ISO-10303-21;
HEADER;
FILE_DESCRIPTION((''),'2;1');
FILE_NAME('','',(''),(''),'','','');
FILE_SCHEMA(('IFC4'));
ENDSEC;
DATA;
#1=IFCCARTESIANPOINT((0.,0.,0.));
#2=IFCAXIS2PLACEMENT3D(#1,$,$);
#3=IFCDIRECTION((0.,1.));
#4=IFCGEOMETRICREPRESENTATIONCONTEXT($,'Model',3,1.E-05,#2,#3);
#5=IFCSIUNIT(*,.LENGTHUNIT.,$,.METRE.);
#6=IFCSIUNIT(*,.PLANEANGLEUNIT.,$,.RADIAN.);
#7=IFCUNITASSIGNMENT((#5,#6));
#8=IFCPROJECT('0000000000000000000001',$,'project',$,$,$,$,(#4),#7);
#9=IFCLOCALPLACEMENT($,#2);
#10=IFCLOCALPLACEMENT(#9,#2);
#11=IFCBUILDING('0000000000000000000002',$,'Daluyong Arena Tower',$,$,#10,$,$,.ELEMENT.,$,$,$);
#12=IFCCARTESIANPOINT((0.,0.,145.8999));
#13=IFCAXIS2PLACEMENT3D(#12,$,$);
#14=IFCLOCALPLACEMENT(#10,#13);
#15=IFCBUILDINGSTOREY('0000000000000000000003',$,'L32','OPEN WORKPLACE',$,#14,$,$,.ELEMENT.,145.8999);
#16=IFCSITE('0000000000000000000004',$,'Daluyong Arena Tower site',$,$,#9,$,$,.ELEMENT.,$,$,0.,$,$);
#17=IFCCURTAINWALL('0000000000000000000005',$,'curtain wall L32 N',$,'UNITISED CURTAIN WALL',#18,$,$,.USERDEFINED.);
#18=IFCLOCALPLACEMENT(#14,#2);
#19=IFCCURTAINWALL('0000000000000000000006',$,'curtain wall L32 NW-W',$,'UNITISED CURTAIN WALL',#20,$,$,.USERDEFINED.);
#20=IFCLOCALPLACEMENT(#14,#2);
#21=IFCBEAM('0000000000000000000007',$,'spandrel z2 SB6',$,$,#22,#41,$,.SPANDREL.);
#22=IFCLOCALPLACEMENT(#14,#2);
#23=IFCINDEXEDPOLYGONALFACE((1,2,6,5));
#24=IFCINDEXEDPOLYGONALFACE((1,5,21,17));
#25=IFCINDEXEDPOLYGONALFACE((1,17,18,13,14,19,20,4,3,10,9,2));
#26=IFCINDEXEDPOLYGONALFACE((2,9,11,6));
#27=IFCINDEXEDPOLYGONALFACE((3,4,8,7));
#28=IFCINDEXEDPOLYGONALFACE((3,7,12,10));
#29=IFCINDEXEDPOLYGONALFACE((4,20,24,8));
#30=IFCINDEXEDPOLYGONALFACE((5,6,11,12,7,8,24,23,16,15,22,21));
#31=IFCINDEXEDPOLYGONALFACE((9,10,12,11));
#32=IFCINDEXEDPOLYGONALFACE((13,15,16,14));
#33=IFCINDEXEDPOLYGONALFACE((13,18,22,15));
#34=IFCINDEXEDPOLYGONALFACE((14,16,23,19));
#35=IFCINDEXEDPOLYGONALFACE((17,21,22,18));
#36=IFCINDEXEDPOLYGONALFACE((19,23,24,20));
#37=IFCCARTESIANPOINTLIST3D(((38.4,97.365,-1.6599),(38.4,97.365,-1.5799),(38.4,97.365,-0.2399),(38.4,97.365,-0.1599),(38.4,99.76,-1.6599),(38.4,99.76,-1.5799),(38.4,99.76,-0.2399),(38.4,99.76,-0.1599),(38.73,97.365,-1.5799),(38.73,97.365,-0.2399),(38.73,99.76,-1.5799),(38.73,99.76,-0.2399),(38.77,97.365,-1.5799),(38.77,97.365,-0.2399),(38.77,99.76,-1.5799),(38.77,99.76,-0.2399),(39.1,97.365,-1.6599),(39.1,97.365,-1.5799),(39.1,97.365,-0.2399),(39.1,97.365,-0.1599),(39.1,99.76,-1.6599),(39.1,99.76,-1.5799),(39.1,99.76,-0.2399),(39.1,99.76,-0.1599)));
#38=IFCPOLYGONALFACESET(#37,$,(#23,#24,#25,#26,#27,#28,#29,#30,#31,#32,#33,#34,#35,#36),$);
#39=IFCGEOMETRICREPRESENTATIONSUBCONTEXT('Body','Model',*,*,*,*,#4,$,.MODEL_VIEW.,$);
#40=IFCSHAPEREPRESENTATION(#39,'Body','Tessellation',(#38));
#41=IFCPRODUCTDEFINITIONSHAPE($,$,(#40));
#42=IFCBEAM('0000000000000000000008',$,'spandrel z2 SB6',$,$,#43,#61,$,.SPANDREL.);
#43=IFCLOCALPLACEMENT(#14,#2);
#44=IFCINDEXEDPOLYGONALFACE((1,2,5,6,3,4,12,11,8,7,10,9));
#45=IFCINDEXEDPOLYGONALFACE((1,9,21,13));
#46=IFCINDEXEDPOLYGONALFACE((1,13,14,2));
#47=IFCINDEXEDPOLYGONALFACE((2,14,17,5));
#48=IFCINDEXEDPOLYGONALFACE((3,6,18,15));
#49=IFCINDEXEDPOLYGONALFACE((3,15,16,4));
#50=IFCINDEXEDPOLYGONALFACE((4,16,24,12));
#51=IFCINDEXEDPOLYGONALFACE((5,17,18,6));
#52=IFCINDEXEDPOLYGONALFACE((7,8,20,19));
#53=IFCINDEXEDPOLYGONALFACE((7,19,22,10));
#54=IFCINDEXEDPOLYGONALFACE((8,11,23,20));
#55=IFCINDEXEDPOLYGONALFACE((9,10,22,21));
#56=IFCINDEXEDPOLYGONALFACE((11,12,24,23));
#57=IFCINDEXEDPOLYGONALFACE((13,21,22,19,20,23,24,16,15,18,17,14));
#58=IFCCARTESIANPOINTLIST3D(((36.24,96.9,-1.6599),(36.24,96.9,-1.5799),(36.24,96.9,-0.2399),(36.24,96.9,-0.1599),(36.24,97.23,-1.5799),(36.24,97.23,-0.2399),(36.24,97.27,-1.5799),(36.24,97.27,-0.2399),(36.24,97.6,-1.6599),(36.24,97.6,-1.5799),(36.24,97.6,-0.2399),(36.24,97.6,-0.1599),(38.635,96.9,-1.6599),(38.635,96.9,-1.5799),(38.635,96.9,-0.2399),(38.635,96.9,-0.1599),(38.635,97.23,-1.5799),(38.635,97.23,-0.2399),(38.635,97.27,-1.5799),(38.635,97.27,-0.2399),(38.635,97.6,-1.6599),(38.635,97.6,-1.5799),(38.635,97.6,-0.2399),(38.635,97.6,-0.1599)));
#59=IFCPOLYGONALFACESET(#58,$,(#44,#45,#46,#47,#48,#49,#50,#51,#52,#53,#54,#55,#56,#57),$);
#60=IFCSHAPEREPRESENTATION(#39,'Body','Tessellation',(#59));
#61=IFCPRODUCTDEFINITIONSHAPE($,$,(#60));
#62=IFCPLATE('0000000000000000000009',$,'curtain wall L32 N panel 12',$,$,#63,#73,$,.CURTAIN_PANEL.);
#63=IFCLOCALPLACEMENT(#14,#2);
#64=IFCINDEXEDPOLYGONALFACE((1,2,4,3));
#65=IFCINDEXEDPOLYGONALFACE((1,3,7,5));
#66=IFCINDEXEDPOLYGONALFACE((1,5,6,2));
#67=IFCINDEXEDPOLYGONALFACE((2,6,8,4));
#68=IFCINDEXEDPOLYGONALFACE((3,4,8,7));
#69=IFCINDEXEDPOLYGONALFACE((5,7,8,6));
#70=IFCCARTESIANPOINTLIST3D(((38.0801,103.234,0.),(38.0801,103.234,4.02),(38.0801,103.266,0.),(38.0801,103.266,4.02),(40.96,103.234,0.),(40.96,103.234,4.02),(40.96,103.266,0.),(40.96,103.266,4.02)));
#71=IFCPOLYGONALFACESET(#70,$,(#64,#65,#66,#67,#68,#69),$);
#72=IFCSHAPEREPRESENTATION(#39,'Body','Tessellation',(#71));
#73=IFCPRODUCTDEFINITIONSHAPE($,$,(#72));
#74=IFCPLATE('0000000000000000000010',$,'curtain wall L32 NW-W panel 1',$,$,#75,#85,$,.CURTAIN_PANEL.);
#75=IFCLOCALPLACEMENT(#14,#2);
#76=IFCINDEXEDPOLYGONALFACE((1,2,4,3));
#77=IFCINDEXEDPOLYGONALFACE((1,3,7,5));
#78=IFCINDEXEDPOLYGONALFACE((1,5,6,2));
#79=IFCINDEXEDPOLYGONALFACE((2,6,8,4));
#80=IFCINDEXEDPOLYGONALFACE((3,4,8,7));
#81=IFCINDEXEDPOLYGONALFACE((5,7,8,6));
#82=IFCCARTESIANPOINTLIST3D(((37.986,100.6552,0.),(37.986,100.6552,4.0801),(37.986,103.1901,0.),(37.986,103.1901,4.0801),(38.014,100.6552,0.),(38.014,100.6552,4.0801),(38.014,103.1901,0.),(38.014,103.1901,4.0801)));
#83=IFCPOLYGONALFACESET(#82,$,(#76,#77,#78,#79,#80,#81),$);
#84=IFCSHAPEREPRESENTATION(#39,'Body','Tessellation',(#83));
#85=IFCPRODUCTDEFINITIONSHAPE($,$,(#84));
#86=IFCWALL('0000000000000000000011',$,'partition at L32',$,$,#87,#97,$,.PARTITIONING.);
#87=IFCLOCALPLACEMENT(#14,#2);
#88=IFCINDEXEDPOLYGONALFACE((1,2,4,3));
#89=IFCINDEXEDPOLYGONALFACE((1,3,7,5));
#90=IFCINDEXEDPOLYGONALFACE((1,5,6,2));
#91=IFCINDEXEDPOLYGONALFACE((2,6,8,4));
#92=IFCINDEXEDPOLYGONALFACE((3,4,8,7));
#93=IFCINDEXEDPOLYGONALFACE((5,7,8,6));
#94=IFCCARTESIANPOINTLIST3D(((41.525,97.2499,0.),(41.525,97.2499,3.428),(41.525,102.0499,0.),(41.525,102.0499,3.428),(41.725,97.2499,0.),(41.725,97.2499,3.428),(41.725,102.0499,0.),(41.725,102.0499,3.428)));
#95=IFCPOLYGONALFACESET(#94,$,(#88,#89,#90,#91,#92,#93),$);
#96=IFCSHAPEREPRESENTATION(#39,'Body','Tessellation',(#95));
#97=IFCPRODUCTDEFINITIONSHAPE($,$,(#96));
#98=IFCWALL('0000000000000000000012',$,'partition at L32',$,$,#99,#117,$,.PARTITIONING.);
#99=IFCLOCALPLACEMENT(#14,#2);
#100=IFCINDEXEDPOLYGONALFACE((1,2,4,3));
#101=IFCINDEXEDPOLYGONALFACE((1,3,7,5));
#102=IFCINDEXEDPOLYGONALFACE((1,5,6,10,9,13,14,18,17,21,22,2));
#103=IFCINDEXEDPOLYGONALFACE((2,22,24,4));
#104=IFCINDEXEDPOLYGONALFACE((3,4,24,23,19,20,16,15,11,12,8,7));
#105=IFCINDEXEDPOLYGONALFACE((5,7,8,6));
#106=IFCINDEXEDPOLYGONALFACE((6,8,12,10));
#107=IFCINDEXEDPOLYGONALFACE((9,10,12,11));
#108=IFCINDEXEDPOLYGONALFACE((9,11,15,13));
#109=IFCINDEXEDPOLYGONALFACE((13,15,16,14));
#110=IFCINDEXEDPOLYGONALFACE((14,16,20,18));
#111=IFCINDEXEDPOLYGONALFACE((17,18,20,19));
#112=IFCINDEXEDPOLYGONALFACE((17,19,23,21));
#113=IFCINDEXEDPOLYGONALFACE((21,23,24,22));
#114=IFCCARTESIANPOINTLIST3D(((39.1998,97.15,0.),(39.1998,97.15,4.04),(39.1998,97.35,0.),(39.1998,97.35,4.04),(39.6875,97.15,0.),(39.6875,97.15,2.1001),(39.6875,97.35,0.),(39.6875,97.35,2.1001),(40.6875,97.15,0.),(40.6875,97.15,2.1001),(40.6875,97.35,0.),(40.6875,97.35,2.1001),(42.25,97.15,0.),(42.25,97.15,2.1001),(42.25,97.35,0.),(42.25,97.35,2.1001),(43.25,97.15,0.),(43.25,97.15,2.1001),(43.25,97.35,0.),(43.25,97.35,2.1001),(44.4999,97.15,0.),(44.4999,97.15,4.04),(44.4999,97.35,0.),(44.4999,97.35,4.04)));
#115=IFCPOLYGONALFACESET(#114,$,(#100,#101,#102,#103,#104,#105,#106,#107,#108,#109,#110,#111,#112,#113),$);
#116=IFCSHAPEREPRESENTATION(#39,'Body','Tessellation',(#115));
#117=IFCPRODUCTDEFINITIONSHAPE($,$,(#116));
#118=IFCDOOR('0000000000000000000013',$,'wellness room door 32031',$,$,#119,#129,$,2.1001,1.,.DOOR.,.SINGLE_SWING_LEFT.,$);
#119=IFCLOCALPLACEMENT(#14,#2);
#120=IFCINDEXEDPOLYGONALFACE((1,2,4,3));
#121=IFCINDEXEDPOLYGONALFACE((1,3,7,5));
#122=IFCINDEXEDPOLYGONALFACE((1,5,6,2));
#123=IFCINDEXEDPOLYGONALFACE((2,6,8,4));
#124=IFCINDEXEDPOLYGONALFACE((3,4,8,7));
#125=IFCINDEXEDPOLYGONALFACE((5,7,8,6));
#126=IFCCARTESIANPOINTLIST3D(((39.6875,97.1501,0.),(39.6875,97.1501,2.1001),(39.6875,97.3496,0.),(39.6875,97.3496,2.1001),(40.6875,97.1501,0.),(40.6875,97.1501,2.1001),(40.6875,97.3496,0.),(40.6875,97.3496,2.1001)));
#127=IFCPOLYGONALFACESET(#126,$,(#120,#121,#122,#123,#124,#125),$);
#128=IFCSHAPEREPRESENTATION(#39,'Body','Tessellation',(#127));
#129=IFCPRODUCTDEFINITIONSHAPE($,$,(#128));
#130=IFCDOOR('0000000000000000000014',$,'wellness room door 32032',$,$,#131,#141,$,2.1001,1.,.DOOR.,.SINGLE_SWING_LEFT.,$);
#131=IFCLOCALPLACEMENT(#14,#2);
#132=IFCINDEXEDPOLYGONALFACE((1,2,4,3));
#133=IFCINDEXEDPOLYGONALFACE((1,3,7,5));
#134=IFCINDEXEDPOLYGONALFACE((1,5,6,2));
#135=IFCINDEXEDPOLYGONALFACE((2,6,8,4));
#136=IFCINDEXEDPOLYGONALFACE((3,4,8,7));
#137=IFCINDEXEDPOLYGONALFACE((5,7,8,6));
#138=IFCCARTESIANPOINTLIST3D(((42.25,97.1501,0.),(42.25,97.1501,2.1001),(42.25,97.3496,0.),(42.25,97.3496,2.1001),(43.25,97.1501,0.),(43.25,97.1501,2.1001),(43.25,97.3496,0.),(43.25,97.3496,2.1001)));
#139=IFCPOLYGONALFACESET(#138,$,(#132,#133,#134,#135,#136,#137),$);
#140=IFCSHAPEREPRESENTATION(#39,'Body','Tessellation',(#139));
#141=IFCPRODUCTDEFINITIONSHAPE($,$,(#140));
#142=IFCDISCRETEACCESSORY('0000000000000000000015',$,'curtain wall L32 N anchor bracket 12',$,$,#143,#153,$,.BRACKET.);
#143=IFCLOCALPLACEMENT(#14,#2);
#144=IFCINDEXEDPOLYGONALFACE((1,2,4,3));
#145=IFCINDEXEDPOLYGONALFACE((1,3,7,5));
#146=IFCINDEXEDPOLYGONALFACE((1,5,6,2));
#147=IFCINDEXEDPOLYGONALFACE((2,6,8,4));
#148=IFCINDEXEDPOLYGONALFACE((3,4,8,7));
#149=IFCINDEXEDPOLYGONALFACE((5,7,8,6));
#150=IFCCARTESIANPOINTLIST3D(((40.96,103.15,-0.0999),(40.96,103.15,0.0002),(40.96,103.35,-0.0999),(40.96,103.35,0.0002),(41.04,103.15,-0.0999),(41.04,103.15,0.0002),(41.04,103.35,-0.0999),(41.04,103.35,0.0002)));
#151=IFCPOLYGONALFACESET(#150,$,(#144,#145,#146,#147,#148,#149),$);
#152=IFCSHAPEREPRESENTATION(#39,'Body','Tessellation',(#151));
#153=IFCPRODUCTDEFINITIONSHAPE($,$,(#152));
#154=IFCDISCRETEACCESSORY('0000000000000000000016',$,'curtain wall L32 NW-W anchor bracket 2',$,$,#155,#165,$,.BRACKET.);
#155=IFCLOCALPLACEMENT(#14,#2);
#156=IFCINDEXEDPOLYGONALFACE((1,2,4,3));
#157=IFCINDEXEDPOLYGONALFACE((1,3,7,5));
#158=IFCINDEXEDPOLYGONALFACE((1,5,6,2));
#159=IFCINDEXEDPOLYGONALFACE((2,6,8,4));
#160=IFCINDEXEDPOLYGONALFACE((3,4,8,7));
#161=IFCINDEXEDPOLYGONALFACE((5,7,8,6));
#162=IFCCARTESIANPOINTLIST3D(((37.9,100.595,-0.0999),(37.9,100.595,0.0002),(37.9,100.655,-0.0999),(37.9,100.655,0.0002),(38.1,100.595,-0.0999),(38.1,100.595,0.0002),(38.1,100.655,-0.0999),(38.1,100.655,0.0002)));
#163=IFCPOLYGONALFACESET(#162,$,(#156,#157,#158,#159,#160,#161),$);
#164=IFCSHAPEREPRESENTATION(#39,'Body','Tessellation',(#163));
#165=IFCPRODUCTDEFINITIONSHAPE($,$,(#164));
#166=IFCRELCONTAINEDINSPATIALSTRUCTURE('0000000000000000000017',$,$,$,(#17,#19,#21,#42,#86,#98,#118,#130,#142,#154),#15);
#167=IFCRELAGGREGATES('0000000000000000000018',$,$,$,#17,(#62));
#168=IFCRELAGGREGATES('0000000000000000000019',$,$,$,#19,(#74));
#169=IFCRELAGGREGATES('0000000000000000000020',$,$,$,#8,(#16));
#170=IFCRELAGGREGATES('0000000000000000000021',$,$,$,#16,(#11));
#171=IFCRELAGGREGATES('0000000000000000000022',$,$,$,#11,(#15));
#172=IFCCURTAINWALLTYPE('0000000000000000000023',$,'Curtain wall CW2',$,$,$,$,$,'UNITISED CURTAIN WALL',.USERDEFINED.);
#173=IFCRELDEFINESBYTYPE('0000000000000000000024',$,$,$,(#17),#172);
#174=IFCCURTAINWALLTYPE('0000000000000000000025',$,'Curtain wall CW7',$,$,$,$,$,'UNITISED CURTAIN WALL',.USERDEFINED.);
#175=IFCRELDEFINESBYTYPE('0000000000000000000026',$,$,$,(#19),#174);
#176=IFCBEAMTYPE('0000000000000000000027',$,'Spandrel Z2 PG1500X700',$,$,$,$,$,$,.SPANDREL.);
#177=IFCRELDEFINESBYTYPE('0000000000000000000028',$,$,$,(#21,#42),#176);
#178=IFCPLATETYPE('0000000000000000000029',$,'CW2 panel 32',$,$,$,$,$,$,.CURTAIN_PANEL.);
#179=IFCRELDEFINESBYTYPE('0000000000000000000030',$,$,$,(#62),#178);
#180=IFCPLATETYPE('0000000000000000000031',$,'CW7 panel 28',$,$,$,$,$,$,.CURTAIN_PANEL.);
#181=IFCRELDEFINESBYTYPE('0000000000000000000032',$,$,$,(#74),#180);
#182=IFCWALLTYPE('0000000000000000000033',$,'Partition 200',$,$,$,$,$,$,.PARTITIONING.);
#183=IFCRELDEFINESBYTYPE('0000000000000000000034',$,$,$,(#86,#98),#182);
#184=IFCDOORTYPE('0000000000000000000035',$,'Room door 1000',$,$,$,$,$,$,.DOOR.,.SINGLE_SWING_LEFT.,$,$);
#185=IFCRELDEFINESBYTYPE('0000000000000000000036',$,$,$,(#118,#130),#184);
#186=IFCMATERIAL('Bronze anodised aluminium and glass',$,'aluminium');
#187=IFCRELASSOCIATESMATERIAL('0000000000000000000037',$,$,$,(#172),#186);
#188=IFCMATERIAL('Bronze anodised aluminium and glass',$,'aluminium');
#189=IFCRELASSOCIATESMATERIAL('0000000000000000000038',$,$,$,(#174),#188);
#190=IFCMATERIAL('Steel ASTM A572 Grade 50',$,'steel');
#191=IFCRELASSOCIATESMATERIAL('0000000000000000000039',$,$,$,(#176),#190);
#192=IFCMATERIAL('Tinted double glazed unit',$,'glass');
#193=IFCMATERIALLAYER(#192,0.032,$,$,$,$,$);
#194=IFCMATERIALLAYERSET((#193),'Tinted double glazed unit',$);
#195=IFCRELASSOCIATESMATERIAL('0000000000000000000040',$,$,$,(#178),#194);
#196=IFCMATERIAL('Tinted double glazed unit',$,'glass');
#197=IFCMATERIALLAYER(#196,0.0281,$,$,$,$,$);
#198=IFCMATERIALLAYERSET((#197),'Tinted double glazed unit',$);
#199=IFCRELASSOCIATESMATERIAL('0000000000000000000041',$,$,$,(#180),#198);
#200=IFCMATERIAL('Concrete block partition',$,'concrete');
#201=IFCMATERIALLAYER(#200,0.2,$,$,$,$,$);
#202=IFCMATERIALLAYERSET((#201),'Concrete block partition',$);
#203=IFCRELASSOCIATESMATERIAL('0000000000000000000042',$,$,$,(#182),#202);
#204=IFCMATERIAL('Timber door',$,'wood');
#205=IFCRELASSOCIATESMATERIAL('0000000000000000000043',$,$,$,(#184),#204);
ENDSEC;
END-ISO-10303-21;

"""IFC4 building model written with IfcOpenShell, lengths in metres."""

from ifc_helpers import new_model, si_unit, direction, frame, frame_2d, origin, origin_2d, place, context, subcontext, project, spatial, rectangle, i_section, extrude, material, layer, layer_set, material_profile, profile_set, type_object, element, fill, aggregate, save


model = new_model("IFC4")

# Units and contexts
model_context = context("Model", 3, precision=1e-05, world=origin(), true_north=direction((0.0, 1.0)))
body_context = subcontext(model_context, "Body", "Model", "MODEL_VIEW")
ifc_project = project(units=[si_unit("LENGTHUNIT", "METRE"), si_unit("PLANEANGLEUNIT", "RADIAN")], contexts=[model_context])

# Site, building, storey
site_placement = place(None, origin())
site = spatial("IfcSite", under=ifc_project, at=site_placement, Name="Daluyong Arena Tower site", CompositionType="ELEMENT", RefElevation=0.0)
building_placement = place(site_placement, origin())
building = spatial("IfcBuilding", under=site, at=building_placement, Name="Daluyong Arena Tower", CompositionType="ELEMENT")
storey_placement = place(building_placement, frame((0.0, 0.0, 145.8999)))
storey = spatial("IfcBuildingStorey", under=building, at=storey_placement, Name="L32", Description="OPEN WORKPLACE", CompositionType="ELEMENT", Elevation=145.8999)

# Curtain walls
ifc_material_1 = material(Name="Bronze anodised aluminium and glass", Category="aluminium")
curtain_wall_type_1 = type_object("IfcCurtainWallType", Name="Curtain wall CW2", ElementType="UNITISED CURTAIN WALL", PredefinedType="USERDEFINED", material=ifc_material_1)
curtain_wall_1_placement = place(storey_placement, origin())
curtain_wall_1 = element("IfcCurtainWall", 1, at=curtain_wall_1_placement, inside=storey, type_object=curtain_wall_type_1, Name="curtain wall L32 N", ObjectType="UNITISED CURTAIN WALL", PredefinedType="USERDEFINED")
ifc_material_2 = material(Name="Bronze anodised aluminium and glass", Category="aluminium")
curtain_wall_type_2 = type_object("IfcCurtainWallType", Name="Curtain wall CW7", ElementType="UNITISED CURTAIN WALL", PredefinedType="USERDEFINED", material=ifc_material_2)
curtain_wall_2_placement = place(storey_placement, origin())
curtain_wall_2 = element("IfcCurtainWall", 2, at=curtain_wall_2_placement, inside=storey, type_object=curtain_wall_type_2, Name="curtain wall L32 NW-W", ObjectType="UNITISED CURTAIN WALL", PredefinedType="USERDEFINED")

# Beams
ifc_material_3 = material(Name="Steel ASTM A572 Grade 50", Category="steel")
ifc_material_profile_1 = material_profile(ifc_material_3, i_section(OverallWidth=0.7, OverallDepth=1.5, WebThickness=0.04, FlangeThickness=0.08, at=origin_2d()))
ifc_profile_set_1 = profile_set([ifc_material_profile_1], Name="Steel ASTM A572 Grade 50")
beam_type_1 = type_object("IfcBeamType", Name="Spandrel Z2 PG1500X700", PredefinedType="SPANDREL", material=ifc_profile_set_1)
for number, where, z_axis, x_axis, name in (
    (3, (38.75, 99.76, -0.9099), (0.0, -1.0, 0.0), (1.0, 0.0, 0.0), "spandrel z2 SB6"),
    (4, (38.635, 97.25, -0.9099), (-1.0, 0.0, 0.0), (0.0, -1.0, 0.0), "spandrel z2 SB6"),
):
    element("IfcBeam", number, at=place(storey_placement, frame(where, z_axis=z_axis, x_axis=x_axis)), inside=storey, type_object=beam_type_1, Name=name, PredefinedType="SPANDREL", context=body_context, shape_type="SweptSolid", body=[
        extrude(i_section(OverallWidth=0.7, OverallDepth=1.5, WebThickness=0.04, FlangeThickness=0.08, at=origin_2d()), origin(), (0.0, 0.0, 1.0), 2.395),
    ])

# Plates
ifc_material_4 = material(Name="Tinted double glazed unit", Category="glass")
ifc_layer_1 = layer(ifc_material_4, 0.032)
ifc_layer_set_1 = layer_set([ifc_layer_1], Name="Tinted double glazed unit")
plate_type_1 = type_object("IfcPlateType", Name="CW2 panel 32", PredefinedType="CURTAIN_PANEL", material=ifc_layer_set_1)
plate_1_placement = place(storey_placement, frame((39.52, 103.25, 0.0), z_axis=(0.0, 0.0, 1.0), x_axis=(-1.0, 0.0, 0.0)))
plate_1 = element("IfcPlate", 5, at=plate_1_placement, type_object=plate_type_1, Name="curtain wall L32 N panel 12", PredefinedType="CURTAIN_PANEL", context=body_context, shape_type="SweptSolid", body=[
    extrude(rectangle(XDim=2.8799, YDim=0.032, at=origin_2d()), origin(), (0.0, 0.0, 1.0), 4.02),
])
aggregate(curtain_wall_1, [plate_1])
ifc_material_5 = material(Name="Tinted double glazed unit", Category="glass")
ifc_layer_2 = layer(ifc_material_5, 0.0281)
ifc_layer_set_2 = layer_set([ifc_layer_2], Name="Tinted double glazed unit")
plate_type_2 = type_object("IfcPlateType", Name="CW7 panel 28", PredefinedType="CURTAIN_PANEL", material=ifc_layer_set_2)
plate_2_placement = place(storey_placement, frame((38.0, 101.9226, 0.0), z_axis=(0.0, 0.0, 1.0), x_axis=(0.0, -1.0, 0.0)))
plate_2 = element("IfcPlate", 6, at=plate_2_placement, type_object=plate_type_2, Name="curtain wall L32 NW-W panel 1", PredefinedType="CURTAIN_PANEL", context=body_context, shape_type="SweptSolid", body=[
    extrude(rectangle(XDim=2.5349, YDim=0.0281, at=origin_2d()), origin(), (0.0, 0.0, 1.0), 4.0801),
])
aggregate(curtain_wall_2, [plate_2])

# Wall
ifc_material_6 = material(Name="Concrete block partition", Category="concrete")
ifc_layer_3 = layer(ifc_material_6, 0.2)
ifc_layer_set_3 = layer_set([ifc_layer_3], Name="Concrete block partition")
wall_type = type_object("IfcWallType", Name="Partition 200", PredefinedType="PARTITIONING", material=ifc_layer_set_3)
wall_1_placement = place(storey_placement, frame((41.625, 97.25, 0.0), z_axis=(0.0, 0.0, 1.0), x_axis=(0.0, 1.0, 0.0)))
element("IfcWall", 7, at=wall_1_placement, inside=storey, type_object=wall_type, Name="partition at L32", PredefinedType="PARTITIONING", context=body_context, shape_type="SweptSolid", body=[
    extrude(rectangle(XDim=4.8, YDim=0.2, at=frame_2d((2.3999, 0.0))), origin(), (0.0, 0.0, 1.0), 3.428),
])

# Wall, openings, doors
wall_2_placement = place(storey_placement, frame((39.2, 97.25, 0.0), z_axis=(0.0, 0.0, 1.0), x_axis=(1.0, 0.0, 0.0)))
wall_2 = element("IfcWall", 8, at=wall_2_placement, inside=storey, type_object=wall_type, Name="partition at L32", PredefinedType="PARTITIONING", context=body_context, shape_type="SweptSolid", body=[
    extrude(rectangle(XDim=5.3, YDim=0.2, at=frame_2d((2.6499, 0.0))), origin(), (0.0, 0.0, 1.0), 4.04),
])
opening_1_placement = place(wall_2_placement, frame((0.4875, 0.0, 0.0)))
opening_1 = element("IfcOpeningElement", 9, at=opening_1_placement, cuts=wall_2, PredefinedType="OPENING", context=body_context, shape_type="SweptSolid", body=[
    extrude(rectangle(XDim=1.0, YDim=2.1001, at=frame_2d((0.5, 1.05))), frame((0.0, 0.1099, 0.0), z_axis=(0.0, -1.0, 0.0), x_axis=(1.0, 0.0, 0.0)), (0.0, 0.0, 1.0), 0.22),
])
opening_2_placement = place(wall_2_placement, frame((3.05, 0.0, 0.0)))
opening_2 = element("IfcOpeningElement", 10, at=opening_2_placement, cuts=wall_2, PredefinedType="OPENING", context=body_context, shape_type="SweptSolid", body=[
    extrude(rectangle(XDim=1.0, YDim=2.1001, at=frame_2d((0.5, 1.05))), frame((0.0, 0.1099, 0.0), z_axis=(0.0, -1.0, 0.0), x_axis=(1.0, 0.0, 0.0)), (0.0, 0.0, 1.0), 0.22),
])
ifc_material_7 = material(Name="Timber door", Category="wood")
door_type = type_object("IfcDoorType", Name="Room door 1000", OperationType="SINGLE_SWING_LEFT", PredefinedType="DOOR", material=ifc_material_7)
door_1_placement = place(opening_1_placement, origin())
door_1 = element("IfcDoor", 11, at=door_1_placement, inside=storey, type_object=door_type, Name="wellness room door 32031", OperationType="SINGLE_SWING_LEFT", OverallHeight=2.1001, OverallWidth=1.0, PredefinedType="DOOR", context=body_context, shape_type="SweptSolid", body=[
    extrude(rectangle(XDim=1.0, YDim=2.1001, at=frame_2d((0.5, 1.05))), frame((0.0, 0.0996, 0.0), z_axis=(0.0, -1.0, 0.0), x_axis=(1.0, 0.0, 0.0)), (0.0, 0.0, 1.0), 0.1995),
])
fill(opening_1, door_1)
door_2_placement = place(opening_2_placement, origin())
door_2 = element("IfcDoor", 12, at=door_2_placement, inside=storey, type_object=door_type, Name="wellness room door 32032", OperationType="SINGLE_SWING_LEFT", OverallHeight=2.1001, OverallWidth=1.0, PredefinedType="DOOR", context=body_context, shape_type="SweptSolid", body=[
    extrude(rectangle(XDim=1.0, YDim=2.1001, at=frame_2d((0.5, 1.05))), frame((0.0, 0.0996, 0.0), z_axis=(0.0, -1.0, 0.0), x_axis=(1.0, 0.0, 0.0)), (0.0, 0.0, 1.0), 0.1995),
])
fill(opening_2, door_2)

# Discrete accessories
discrete_accessory_1_placement = place(storey_placement, frame((41.0, 103.25, -0.0999), z_axis=(0.0, 0.0, 1.0), x_axis=(-1.0, 0.0, 0.0)))
element("IfcDiscreteAccessory", 13, at=discrete_accessory_1_placement, inside=storey, Name="curtain wall L32 N anchor bracket 12", PredefinedType="BRACKET", context=body_context, shape_type="SweptSolid", body=[
    extrude(rectangle(XDim=0.0801, YDim=0.2, at=origin_2d()), origin(), (0.0, 0.0, 1.0), 0.1001),
])
discrete_accessory_2_placement = place(storey_placement, frame((38.0, 100.625, -0.0999), z_axis=(0.0, 0.0, 1.0), x_axis=(0.0, -1.0, 0.0)))
element("IfcDiscreteAccessory", 14, at=discrete_accessory_2_placement, inside=storey, Name="curtain wall L32 NW-W anchor bracket 2", PredefinedType="BRACKET", context=body_context, shape_type="SweptSolid", body=[
    extrude(rectangle(XDim=0.0601, YDim=0.2, at=origin_2d()), origin(), (0.0, 0.0, 1.0), 0.1001),
])

save(model, "model.ifc")
